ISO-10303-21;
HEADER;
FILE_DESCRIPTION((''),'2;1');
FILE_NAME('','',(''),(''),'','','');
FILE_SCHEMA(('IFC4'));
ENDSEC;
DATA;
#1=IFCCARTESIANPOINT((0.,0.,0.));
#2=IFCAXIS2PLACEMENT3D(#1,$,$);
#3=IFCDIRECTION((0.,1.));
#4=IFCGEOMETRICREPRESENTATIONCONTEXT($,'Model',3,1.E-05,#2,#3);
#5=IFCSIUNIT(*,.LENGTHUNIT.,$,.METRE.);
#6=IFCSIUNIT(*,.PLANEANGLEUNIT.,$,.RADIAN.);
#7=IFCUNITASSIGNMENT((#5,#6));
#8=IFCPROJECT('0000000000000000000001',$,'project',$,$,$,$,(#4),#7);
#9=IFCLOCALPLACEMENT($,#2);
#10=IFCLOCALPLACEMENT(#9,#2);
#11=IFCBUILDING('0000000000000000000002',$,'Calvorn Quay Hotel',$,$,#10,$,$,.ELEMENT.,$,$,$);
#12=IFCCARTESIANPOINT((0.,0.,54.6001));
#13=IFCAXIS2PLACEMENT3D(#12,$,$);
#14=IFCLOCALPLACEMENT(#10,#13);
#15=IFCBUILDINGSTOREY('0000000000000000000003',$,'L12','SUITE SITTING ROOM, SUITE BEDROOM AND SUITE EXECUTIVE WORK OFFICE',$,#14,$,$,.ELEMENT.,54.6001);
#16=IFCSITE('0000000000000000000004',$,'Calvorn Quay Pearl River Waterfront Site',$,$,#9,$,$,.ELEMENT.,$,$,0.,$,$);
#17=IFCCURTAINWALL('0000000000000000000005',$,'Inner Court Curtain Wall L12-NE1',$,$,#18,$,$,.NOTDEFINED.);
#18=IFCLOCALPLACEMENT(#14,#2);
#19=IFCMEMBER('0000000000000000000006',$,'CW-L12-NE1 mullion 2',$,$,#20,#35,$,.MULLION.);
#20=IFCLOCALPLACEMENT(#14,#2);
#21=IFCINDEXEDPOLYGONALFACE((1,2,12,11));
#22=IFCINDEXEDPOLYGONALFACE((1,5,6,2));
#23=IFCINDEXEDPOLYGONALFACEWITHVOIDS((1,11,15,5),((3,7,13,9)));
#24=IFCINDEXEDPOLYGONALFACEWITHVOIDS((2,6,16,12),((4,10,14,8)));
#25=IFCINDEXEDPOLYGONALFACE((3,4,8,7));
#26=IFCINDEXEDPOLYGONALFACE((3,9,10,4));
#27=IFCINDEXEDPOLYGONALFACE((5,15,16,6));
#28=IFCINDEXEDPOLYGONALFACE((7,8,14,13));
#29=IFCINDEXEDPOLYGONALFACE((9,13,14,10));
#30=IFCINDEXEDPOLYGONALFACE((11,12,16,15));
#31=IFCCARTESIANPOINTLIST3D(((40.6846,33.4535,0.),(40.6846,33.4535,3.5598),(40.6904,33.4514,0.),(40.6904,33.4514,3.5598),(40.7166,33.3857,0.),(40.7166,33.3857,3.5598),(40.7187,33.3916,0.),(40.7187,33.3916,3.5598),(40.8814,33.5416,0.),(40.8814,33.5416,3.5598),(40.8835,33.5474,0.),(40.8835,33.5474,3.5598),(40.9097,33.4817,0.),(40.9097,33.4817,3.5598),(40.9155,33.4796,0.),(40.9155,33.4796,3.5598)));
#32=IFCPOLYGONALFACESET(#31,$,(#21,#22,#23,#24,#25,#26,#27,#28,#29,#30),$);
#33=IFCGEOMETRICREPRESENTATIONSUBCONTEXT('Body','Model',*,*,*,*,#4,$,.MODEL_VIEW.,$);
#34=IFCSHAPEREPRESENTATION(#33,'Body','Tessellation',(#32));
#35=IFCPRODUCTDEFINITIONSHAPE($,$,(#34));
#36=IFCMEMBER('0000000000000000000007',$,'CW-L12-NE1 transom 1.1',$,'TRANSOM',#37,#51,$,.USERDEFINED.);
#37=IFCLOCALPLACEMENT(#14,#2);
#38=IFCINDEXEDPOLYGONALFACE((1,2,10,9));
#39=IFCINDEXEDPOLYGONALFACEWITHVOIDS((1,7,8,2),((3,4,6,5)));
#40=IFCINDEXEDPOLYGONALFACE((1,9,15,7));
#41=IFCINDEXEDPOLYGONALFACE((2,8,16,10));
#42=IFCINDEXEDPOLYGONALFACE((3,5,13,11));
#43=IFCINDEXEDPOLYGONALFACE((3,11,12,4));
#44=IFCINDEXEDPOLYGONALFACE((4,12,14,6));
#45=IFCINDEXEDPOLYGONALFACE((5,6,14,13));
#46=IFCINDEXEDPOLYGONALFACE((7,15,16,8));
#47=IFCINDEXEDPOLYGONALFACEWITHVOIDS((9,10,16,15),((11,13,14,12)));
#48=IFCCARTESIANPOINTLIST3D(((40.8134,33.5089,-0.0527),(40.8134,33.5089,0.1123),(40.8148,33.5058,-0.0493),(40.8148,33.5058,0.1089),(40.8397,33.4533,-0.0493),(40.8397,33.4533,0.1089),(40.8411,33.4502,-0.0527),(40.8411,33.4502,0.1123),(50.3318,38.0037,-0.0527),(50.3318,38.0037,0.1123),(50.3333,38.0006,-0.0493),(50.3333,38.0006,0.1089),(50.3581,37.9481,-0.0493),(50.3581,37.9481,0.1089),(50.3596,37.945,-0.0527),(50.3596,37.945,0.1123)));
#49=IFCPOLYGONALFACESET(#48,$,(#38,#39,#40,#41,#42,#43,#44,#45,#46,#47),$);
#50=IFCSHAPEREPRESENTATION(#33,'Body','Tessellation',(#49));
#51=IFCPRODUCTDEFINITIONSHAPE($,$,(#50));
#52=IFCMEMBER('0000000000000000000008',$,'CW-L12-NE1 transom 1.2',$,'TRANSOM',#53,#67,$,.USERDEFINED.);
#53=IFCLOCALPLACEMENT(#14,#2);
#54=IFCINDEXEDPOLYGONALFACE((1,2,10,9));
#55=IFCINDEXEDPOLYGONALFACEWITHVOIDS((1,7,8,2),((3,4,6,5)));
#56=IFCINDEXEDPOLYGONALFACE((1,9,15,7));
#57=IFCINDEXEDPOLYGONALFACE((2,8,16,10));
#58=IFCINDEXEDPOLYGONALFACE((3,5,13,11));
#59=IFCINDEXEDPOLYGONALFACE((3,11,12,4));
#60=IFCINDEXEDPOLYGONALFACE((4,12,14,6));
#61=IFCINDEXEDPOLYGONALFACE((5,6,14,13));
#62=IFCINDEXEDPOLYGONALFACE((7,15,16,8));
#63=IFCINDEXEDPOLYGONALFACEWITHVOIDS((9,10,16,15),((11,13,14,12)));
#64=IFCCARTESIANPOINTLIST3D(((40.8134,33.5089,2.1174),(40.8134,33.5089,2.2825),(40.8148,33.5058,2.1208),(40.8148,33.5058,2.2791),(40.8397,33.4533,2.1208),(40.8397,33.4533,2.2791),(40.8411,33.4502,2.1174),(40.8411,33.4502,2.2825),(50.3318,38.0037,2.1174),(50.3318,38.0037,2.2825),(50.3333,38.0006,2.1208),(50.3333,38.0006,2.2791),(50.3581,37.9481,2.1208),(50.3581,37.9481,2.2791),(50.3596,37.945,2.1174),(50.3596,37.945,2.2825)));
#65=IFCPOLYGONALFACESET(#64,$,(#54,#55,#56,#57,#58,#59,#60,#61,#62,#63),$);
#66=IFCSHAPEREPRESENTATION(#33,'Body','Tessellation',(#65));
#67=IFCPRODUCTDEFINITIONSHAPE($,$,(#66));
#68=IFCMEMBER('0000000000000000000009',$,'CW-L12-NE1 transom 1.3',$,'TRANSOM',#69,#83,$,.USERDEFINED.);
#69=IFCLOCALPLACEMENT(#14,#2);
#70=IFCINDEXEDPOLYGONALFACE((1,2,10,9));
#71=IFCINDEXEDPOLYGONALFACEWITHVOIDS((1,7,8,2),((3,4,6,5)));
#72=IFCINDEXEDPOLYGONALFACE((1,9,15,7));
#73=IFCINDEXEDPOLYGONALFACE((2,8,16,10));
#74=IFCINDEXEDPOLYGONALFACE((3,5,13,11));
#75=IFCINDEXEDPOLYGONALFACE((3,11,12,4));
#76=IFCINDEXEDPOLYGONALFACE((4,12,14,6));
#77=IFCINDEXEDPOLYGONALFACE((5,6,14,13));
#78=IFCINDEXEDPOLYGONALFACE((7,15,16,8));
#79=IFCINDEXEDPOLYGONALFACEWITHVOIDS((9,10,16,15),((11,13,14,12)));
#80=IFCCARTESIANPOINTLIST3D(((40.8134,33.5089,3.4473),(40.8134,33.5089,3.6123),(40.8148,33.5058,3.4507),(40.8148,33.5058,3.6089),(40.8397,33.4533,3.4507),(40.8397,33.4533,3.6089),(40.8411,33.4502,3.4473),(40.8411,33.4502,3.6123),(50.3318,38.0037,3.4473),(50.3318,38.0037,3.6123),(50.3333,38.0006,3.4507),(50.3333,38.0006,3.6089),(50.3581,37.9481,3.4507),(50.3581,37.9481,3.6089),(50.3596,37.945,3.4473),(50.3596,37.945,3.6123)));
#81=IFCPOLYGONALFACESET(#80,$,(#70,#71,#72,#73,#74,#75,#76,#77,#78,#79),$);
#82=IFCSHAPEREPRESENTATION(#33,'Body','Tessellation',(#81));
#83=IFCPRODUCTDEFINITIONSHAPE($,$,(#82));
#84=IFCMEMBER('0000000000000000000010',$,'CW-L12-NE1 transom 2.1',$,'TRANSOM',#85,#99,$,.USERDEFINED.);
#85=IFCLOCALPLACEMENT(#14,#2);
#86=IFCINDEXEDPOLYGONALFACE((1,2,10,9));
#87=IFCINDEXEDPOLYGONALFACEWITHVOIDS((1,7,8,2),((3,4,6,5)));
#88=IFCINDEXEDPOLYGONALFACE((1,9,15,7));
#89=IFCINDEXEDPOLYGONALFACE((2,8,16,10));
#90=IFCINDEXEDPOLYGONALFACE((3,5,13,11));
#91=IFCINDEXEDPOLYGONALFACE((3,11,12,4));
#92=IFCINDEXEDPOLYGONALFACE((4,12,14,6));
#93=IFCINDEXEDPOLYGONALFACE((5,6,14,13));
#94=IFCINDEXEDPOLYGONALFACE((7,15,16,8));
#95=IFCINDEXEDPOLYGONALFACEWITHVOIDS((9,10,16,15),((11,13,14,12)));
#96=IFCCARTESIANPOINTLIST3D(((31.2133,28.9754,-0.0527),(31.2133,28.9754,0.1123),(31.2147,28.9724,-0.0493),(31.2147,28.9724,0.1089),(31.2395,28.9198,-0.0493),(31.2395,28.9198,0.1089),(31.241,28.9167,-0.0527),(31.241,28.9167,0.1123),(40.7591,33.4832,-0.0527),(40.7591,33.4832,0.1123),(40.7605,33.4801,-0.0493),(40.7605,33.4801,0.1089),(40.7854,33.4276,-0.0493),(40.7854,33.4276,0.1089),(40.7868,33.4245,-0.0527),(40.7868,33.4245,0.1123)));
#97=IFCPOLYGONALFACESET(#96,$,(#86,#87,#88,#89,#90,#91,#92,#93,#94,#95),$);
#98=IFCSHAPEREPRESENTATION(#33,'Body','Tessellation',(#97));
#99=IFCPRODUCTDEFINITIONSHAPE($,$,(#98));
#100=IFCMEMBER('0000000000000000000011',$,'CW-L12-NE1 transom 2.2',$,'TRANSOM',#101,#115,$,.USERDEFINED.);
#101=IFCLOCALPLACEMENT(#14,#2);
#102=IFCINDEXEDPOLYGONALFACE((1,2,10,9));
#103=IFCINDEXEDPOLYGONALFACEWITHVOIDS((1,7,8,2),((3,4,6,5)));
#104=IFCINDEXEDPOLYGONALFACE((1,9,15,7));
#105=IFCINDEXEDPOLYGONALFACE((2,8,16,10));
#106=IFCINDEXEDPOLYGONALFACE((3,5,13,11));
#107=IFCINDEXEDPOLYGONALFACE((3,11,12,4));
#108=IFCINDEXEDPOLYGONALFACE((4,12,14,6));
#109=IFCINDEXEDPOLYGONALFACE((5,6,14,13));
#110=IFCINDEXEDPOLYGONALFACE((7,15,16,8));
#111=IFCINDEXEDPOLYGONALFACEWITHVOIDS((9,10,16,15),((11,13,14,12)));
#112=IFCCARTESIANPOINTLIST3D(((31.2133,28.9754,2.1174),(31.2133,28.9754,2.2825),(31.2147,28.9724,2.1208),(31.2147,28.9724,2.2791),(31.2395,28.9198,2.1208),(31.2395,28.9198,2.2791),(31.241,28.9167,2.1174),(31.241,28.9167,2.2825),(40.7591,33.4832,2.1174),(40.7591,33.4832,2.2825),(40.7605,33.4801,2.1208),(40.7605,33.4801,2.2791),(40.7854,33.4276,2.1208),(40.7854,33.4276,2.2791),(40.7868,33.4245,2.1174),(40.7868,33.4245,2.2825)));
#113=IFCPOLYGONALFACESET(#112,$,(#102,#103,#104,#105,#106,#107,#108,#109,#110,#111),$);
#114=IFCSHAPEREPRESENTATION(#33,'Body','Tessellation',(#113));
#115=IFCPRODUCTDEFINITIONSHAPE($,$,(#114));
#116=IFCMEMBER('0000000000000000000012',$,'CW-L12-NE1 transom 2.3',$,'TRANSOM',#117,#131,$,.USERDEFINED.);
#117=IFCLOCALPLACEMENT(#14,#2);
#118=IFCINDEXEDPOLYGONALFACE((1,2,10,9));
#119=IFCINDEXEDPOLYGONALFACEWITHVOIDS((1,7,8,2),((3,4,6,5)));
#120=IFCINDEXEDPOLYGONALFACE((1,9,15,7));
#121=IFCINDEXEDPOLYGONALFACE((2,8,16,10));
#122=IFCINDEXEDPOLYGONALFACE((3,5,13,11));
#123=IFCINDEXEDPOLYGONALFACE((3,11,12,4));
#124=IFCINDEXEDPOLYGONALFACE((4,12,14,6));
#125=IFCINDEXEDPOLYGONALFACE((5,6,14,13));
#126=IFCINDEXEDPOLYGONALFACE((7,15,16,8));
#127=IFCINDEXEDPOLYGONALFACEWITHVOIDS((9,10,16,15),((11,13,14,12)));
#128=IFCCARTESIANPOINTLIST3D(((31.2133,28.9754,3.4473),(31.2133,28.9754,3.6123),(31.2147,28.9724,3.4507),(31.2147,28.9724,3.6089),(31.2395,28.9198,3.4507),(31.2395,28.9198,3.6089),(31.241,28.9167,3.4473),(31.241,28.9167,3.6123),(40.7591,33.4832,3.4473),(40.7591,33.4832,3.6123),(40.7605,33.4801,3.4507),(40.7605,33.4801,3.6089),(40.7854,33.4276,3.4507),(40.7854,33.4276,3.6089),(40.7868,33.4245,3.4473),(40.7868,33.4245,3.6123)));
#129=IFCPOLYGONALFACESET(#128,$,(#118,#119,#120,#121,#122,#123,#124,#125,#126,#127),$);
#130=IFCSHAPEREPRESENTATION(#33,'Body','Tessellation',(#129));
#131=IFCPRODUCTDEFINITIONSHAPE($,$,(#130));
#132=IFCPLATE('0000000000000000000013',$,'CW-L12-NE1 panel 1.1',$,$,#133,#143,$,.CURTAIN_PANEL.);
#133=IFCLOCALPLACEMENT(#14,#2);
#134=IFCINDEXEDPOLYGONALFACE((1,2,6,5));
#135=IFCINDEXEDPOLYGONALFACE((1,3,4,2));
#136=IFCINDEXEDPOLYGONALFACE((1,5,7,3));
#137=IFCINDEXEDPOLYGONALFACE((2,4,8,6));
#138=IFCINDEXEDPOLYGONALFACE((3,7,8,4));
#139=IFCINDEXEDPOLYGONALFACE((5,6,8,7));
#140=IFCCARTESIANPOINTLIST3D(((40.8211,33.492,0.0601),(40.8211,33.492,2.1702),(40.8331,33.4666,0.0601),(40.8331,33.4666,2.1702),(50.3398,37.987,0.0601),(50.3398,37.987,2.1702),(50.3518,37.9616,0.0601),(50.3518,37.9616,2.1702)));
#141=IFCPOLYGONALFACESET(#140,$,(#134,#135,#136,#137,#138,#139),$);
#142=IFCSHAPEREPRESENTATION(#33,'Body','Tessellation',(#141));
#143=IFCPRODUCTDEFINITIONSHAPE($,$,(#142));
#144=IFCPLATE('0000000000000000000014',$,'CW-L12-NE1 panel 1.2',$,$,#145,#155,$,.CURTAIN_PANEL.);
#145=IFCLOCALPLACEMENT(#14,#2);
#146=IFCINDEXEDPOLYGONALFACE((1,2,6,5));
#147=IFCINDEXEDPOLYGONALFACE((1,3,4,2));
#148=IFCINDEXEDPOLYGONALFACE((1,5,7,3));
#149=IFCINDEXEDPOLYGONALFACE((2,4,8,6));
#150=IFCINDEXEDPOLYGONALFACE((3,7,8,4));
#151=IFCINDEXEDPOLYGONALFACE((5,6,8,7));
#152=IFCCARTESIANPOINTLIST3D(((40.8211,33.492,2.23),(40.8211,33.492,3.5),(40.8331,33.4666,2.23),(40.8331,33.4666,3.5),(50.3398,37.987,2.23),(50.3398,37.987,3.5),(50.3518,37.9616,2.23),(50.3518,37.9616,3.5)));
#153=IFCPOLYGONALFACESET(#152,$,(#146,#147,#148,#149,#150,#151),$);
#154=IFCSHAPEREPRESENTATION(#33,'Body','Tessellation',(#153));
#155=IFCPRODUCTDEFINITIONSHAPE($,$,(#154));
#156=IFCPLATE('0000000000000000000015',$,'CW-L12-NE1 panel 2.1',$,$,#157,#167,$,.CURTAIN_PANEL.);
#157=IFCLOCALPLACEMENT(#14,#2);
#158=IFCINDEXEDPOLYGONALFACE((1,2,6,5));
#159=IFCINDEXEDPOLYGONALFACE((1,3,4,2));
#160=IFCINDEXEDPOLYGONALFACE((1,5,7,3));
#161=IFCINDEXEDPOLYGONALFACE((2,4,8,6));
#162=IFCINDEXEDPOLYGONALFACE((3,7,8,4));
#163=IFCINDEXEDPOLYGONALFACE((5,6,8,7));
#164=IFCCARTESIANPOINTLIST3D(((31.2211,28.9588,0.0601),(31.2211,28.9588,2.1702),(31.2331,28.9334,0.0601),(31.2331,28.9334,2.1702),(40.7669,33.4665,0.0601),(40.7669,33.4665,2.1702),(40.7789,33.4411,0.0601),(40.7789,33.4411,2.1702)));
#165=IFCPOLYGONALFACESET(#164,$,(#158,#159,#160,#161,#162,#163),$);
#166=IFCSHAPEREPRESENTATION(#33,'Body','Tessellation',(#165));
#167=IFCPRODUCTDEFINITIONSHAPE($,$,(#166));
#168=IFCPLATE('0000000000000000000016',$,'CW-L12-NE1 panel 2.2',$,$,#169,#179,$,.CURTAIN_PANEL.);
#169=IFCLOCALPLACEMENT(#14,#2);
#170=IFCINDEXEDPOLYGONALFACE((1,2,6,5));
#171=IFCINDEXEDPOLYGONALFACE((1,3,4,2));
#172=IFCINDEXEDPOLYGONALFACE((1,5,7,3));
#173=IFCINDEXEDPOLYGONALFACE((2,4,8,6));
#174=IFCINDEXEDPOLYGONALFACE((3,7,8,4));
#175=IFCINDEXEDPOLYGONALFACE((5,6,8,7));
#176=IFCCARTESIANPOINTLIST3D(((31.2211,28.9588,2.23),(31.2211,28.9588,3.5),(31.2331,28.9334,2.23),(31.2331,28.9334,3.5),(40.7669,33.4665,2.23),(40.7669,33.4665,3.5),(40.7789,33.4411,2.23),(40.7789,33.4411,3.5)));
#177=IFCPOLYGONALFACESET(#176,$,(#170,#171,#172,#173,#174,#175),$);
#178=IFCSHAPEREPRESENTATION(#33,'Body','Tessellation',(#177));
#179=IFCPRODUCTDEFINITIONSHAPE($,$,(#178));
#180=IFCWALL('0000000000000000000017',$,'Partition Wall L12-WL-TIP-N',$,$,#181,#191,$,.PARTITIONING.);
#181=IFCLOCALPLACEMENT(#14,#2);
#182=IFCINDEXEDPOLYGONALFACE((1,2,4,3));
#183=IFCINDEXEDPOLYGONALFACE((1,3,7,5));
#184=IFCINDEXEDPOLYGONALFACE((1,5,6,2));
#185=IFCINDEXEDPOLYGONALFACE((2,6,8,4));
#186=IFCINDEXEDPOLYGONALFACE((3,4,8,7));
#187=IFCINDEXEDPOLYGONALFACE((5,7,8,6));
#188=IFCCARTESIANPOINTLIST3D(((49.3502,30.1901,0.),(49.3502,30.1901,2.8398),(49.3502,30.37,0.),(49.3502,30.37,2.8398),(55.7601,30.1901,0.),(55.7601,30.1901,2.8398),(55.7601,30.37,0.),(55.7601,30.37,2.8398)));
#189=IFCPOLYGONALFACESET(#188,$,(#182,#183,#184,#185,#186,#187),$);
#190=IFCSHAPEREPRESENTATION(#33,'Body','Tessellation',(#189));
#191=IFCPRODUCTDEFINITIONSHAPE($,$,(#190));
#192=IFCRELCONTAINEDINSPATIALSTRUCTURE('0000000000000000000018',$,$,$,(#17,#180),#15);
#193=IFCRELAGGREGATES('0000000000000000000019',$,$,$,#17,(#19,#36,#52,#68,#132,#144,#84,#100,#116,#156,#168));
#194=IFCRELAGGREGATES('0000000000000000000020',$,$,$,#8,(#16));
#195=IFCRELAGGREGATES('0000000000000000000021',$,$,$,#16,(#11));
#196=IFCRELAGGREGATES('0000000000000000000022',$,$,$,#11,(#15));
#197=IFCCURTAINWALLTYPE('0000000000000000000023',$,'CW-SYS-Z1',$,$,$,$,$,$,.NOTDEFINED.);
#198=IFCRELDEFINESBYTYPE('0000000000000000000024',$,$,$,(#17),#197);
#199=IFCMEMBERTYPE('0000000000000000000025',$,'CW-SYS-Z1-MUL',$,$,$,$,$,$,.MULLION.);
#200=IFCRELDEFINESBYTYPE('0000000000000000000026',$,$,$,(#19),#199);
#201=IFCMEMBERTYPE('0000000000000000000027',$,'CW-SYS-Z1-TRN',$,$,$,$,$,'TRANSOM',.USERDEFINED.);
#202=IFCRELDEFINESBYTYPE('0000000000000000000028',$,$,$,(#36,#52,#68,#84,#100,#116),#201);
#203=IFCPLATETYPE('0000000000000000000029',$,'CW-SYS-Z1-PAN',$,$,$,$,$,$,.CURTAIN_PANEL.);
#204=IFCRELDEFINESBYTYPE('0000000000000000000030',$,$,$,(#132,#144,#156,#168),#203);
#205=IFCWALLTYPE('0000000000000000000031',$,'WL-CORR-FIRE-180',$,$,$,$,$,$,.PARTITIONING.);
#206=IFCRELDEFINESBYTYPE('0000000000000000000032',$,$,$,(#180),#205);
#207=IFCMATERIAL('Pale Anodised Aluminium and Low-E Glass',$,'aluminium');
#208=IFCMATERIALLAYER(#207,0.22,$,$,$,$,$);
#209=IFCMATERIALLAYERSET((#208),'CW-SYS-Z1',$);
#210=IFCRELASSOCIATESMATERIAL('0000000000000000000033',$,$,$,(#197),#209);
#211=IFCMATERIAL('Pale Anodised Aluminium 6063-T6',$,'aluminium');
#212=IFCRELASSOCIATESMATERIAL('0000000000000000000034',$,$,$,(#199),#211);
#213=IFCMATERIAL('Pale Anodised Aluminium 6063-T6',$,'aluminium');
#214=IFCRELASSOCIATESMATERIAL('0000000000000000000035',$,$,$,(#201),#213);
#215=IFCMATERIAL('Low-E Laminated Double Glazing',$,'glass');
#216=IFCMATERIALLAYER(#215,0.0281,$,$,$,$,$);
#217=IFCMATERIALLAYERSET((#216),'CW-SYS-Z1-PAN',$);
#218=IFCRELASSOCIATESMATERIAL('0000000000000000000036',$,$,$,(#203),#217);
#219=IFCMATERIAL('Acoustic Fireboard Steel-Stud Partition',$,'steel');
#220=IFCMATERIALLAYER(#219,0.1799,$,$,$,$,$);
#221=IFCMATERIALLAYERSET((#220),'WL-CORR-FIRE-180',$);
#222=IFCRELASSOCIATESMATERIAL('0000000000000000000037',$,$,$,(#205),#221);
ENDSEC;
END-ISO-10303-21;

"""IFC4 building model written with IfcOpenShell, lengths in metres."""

from ifc_helpers import new_model, si_unit, direction, frame, frame_2d, origin, origin_2d, place, context, subcontext, project, spatial, rectangle, hollow_rectangle, extrude, material, layer, layer_set, material_profile, profile_set, type_object, element, aggregate, save


model = new_model("IFC4")

# Units and contexts
model_context = context("Model", 3, precision=1e-05, world=origin(), true_north=direction((0.0, 1.0)))
body_context = subcontext(model_context, "Body", "Model", "MODEL_VIEW")
ifc_project = project(units=[si_unit("LENGTHUNIT", "METRE"), si_unit("PLANEANGLEUNIT", "RADIAN")], contexts=[model_context])

# Site, building, storey
site_placement = place(None, origin())
site = spatial("IfcSite", under=ifc_project, at=site_placement, Name="Calvorn Quay Pearl River Waterfront Site", CompositionType="ELEMENT", RefElevation=0.0)
building_placement = place(site_placement, origin())
building = spatial("IfcBuilding", under=site, at=building_placement, Name="Calvorn Quay Hotel", CompositionType="ELEMENT")
storey_placement = place(building_placement, frame((0.0, 0.0, 54.6001)))
storey = spatial("IfcBuildingStorey", under=building, at=storey_placement, Name="L12", Description="SUITE SITTING ROOM, SUITE BEDROOM AND SUITE EXECUTIVE WORK OFFICE", CompositionType="ELEMENT", Elevation=54.6001)

# Curtain wall, members, plates
ifc_material_1 = material(Name="Pale Anodised Aluminium and Low-E Glass", Category="aluminium")
ifc_layer_1 = layer(ifc_material_1, 0.22)
ifc_layer_set_1 = layer_set([ifc_layer_1], Name="CW-SYS-Z1")
curtain_wall_type = type_object("IfcCurtainWallType", Name="CW-SYS-Z1", PredefinedType="NOTDEFINED", material=ifc_layer_set_1)
curtain_wall_placement = place(storey_placement, origin())
curtain_wall = element("IfcCurtainWall", 1, at=curtain_wall_placement, inside=storey, type_object=curtain_wall_type, Name="Inner Court Curtain Wall L12-NE1", PredefinedType="NOTDEFINED")
ifc_material_2 = material(Name="Pale Anodised Aluminium 6063-T6", Category="aluminium")
ifc_material_profile_1 = material_profile(ifc_material_2, hollow_rectangle(XDim=0.075, YDim=0.22, WallThickness=0.0044, at=origin_2d()), Name="ALU-M220x75x4.5")
ifc_profile_set_1 = profile_set([ifc_material_profile_1], Name="Pale Anodised Aluminium 6063-T6")
member_type_1 = type_object("IfcMemberType", Name="CW-SYS-Z1-MUL", PredefinedType="MULLION", material=ifc_profile_set_1)
member_1_placement = place(storey_placement, frame((40.8, 33.4666, 0.0), z_axis=(0.0, 0.0, 1.0), x_axis=(0.427006, -0.904249, 0.0)))
member_1 = element("IfcMember", 2, at=member_1_placement, type_object=member_type_1, Name="CW-L12-NE1 mullion 2", PredefinedType="MULLION", context=body_context, shape_type="SweptSolid", body=[
    extrude(hollow_rectangle(XDim=0.075, YDim=0.22, WallThickness=0.0044, at=origin_2d()), origin(), (0.0, 0.0, 1.0), 3.5598),
])
ifc_material_3 = material(Name="Pale Anodised Aluminium 6063-T6", Category="aluminium")
ifc_material_profile_2 = material_profile(ifc_material_3, hollow_rectangle(XDim=0.0649, YDim=0.165, WallThickness=0.0034, at=origin_2d()), Name="ALU-T165x65x3.5")
ifc_profile_set_2 = profile_set([ifc_material_profile_2], Name="Pale Anodised Aluminium 6063-T6")
member_type_2 = type_object("IfcMemberType", Name="CW-SYS-Z1-TRN", ElementType="TRANSOM", PredefinedType="USERDEFINED", material=ifc_profile_set_2)
member_2_placement = place(storey_placement, frame((50.3457, 37.9744, 0.0298), z_axis=(-0.904249, -0.427006, 0.0), x_axis=(0.427006, -0.904249, 0.0)))
member_2 = element("IfcMember", 3, at=member_2_placement, type_object=member_type_2, Name="CW-L12-NE1 transom 1.1", ObjectType="TRANSOM", PredefinedType="USERDEFINED", context=body_context, shape_type="SweptSolid", body=[
    extrude(hollow_rectangle(XDim=0.0649, YDim=0.165, WallThickness=0.0034, at=origin_2d()), origin(), (0.0, 0.0, 1.0), 10.5264),
])
member_3_placement = place(storey_placement, frame((50.3457, 37.9744, 2.2), z_axis=(-0.904249, -0.427006, 0.0), x_axis=(0.427006, -0.904249, 0.0)))
member_3 = element("IfcMember", 4, at=member_3_placement, type_object=member_type_2, Name="CW-L12-NE1 transom 1.2", ObjectType="TRANSOM", PredefinedType="USERDEFINED", context=body_context, shape_type="SweptSolid", body=[
    extrude(hollow_rectangle(XDim=0.0649, YDim=0.165, WallThickness=0.0034, at=origin_2d()), origin(), (0.0, 0.0, 1.0), 10.5264),
])
member_4_placement = place(storey_placement, frame((50.3457, 37.9744, 3.5298), z_axis=(-0.904249, -0.427006, 0.0), x_axis=(0.427006, -0.904249, 0.0)))
member_4 = element("IfcMember", 5, at=member_4_placement, type_object=member_type_2, Name="CW-L12-NE1 transom 1.3", ObjectType="TRANSOM", PredefinedType="USERDEFINED", context=body_context, shape_type="SweptSolid", body=[
    extrude(hollow_rectangle(XDim=0.0649, YDim=0.165, WallThickness=0.0034, at=origin_2d()), origin(), (0.0, 0.0, 1.0), 10.5264),
])
member_5_placement = place(storey_placement, frame((40.7729, 33.4539, 0.0298), z_axis=(-0.904248, -0.427008, 0.0), x_axis=(0.427008, -0.904248, 0.0)))
member_5 = element("IfcMember", 6, at=member_5_placement, type_object=member_type_2, Name="CW-L12-NE1 transom 2.1", ObjectType="TRANSOM", PredefinedType="USERDEFINED", context=body_context, shape_type="SweptSolid", body=[
    extrude(hollow_rectangle(XDim=0.0649, YDim=0.165, WallThickness=0.0034, at=origin_2d()), origin(), (0.0, 0.0, 1.0), 10.5566),
])
member_6_placement = place(storey_placement, frame((40.7729, 33.4539, 2.2), z_axis=(-0.904248, -0.427008, 0.0), x_axis=(0.427008, -0.904248, 0.0)))
member_6 = element("IfcMember", 7, at=member_6_placement, type_object=member_type_2, Name="CW-L12-NE1 transom 2.2", ObjectType="TRANSOM", PredefinedType="USERDEFINED", context=body_context, shape_type="SweptSolid", body=[
    extrude(hollow_rectangle(XDim=0.0649, YDim=0.165, WallThickness=0.0034, at=origin_2d()), origin(), (0.0, 0.0, 1.0), 10.5566),
])
member_7_placement = place(storey_placement, frame((40.7729, 33.4539, 3.5298), z_axis=(-0.904248, -0.427008, 0.0), x_axis=(0.427008, -0.904248, 0.0)))
member_7 = element("IfcMember", 8, at=member_7_placement, type_object=member_type_2, Name="CW-L12-NE1 transom 2.3", ObjectType="TRANSOM", PredefinedType="USERDEFINED", context=body_context, shape_type="SweptSolid", body=[
    extrude(hollow_rectangle(XDim=0.0649, YDim=0.165, WallThickness=0.0034, at=origin_2d()), origin(), (0.0, 0.0, 1.0), 10.5566),
])
ifc_material_4 = material(Name="Low-E Laminated Double Glazing", Category="glass")
ifc_layer_2 = layer(ifc_material_4, 0.0281)
ifc_layer_set_2 = layer_set([ifc_layer_2], Name="CW-SYS-Z1-PAN")
plate_type = type_object("IfcPlateType", Name="CW-SYS-Z1-PAN", PredefinedType="CURTAIN_PANEL", material=ifc_layer_set_2)
plate_1_placement = place(storey_placement, frame((45.5864, 35.7268, 0.0601), z_axis=(0.0, 0.0, 1.0), x_axis=(-0.904249, -0.427006, 0.0)))
plate_1 = element("IfcPlate", 9, at=plate_1_placement, type_object=plate_type, Name="CW-L12-NE1 panel 1.1", PredefinedType="CURTAIN_PANEL", context=body_context, shape_type="SweptSolid", body=[
    extrude(rectangle(XDim=10.5266, YDim=0.0281, at=origin_2d()), origin(), (0.0, 0.0, 1.0), 2.1101),
])
plate_2_placement = place(storey_placement, frame((45.5864, 35.7268, 2.23), z_axis=(0.0, 0.0, 1.0), x_axis=(-0.904249, -0.427006, 0.0)))
plate_2 = element("IfcPlate", 10, at=plate_2_placement, type_object=plate_type, Name="CW-L12-NE1 panel 1.2", PredefinedType="CURTAIN_PANEL", context=body_context, shape_type="SweptSolid", body=[
    extrude(rectangle(XDim=10.5266, YDim=0.0281, at=origin_2d()), origin(), (0.0, 0.0, 1.0), 1.27),
])
plate_3_placement = place(storey_placement, frame((36.0, 31.2, 0.0601), z_axis=(0.0, 0.0, 1.0), x_axis=(-0.904249, -0.427006, 0.0)))
plate_3 = element("IfcPlate", 11, at=plate_3_placement, type_object=plate_type, Name="CW-L12-NE1 panel 2.1", PredefinedType="CURTAIN_PANEL", context=body_context, shape_type="SweptSolid", body=[
    extrude(rectangle(XDim=10.5566, YDim=0.0281, at=origin_2d()), origin(), (0.0, 0.0, 1.0), 2.1101),
])
plate_4_placement = place(storey_placement, frame((36.0, 31.2, 2.23), z_axis=(0.0, 0.0, 1.0), x_axis=(-0.904249, -0.427006, 0.0)))
plate_4 = element("IfcPlate", 12, at=plate_4_placement, type_object=plate_type, Name="CW-L12-NE1 panel 2.2", PredefinedType="CURTAIN_PANEL", context=body_context, shape_type="SweptSolid", body=[
    extrude(rectangle(XDim=10.5566, YDim=0.0281, at=origin_2d()), origin(), (0.0, 0.0, 1.0), 1.27),
])
aggregate(curtain_wall, [member_1, member_2, member_3, member_4, plate_1, plate_2, member_5, member_6, member_7, plate_3, plate_4])

# Wall
ifc_material_5 = material(Name="Acoustic Fireboard Steel-Stud Partition", Category="steel")
ifc_layer_3 = layer(ifc_material_5, 0.1799)
ifc_layer_set_3 = layer_set([ifc_layer_3], Name="WL-CORR-FIRE-180")
wall_type_1 = type_object("IfcWallType", Name="WL-CORR-FIRE-180", PredefinedType="PARTITIONING", material=ifc_layer_set_3)
wall_1_placement = place(storey_placement, frame((49.3501, 30.28, 0.0), z_axis=(0.0, 0.0, 1.0), x_axis=(1.0, 0.0, 0.0)))
element("IfcWall", 13, at=wall_1_placement, inside=storey, type_object=wall_type_1, Name="Partition Wall L12-WL-TIP-N", PredefinedType="PARTITIONING", context=body_context, shape_type="SweptSolid", body=[
    extrude(rectangle(XDim=6.4099, YDim=0.1799, at=frame_2d((3.2051, 0.0))), origin(), (0.0, 0.0, 1.0), 2.8398),
])

save(model, "model.ifc")
